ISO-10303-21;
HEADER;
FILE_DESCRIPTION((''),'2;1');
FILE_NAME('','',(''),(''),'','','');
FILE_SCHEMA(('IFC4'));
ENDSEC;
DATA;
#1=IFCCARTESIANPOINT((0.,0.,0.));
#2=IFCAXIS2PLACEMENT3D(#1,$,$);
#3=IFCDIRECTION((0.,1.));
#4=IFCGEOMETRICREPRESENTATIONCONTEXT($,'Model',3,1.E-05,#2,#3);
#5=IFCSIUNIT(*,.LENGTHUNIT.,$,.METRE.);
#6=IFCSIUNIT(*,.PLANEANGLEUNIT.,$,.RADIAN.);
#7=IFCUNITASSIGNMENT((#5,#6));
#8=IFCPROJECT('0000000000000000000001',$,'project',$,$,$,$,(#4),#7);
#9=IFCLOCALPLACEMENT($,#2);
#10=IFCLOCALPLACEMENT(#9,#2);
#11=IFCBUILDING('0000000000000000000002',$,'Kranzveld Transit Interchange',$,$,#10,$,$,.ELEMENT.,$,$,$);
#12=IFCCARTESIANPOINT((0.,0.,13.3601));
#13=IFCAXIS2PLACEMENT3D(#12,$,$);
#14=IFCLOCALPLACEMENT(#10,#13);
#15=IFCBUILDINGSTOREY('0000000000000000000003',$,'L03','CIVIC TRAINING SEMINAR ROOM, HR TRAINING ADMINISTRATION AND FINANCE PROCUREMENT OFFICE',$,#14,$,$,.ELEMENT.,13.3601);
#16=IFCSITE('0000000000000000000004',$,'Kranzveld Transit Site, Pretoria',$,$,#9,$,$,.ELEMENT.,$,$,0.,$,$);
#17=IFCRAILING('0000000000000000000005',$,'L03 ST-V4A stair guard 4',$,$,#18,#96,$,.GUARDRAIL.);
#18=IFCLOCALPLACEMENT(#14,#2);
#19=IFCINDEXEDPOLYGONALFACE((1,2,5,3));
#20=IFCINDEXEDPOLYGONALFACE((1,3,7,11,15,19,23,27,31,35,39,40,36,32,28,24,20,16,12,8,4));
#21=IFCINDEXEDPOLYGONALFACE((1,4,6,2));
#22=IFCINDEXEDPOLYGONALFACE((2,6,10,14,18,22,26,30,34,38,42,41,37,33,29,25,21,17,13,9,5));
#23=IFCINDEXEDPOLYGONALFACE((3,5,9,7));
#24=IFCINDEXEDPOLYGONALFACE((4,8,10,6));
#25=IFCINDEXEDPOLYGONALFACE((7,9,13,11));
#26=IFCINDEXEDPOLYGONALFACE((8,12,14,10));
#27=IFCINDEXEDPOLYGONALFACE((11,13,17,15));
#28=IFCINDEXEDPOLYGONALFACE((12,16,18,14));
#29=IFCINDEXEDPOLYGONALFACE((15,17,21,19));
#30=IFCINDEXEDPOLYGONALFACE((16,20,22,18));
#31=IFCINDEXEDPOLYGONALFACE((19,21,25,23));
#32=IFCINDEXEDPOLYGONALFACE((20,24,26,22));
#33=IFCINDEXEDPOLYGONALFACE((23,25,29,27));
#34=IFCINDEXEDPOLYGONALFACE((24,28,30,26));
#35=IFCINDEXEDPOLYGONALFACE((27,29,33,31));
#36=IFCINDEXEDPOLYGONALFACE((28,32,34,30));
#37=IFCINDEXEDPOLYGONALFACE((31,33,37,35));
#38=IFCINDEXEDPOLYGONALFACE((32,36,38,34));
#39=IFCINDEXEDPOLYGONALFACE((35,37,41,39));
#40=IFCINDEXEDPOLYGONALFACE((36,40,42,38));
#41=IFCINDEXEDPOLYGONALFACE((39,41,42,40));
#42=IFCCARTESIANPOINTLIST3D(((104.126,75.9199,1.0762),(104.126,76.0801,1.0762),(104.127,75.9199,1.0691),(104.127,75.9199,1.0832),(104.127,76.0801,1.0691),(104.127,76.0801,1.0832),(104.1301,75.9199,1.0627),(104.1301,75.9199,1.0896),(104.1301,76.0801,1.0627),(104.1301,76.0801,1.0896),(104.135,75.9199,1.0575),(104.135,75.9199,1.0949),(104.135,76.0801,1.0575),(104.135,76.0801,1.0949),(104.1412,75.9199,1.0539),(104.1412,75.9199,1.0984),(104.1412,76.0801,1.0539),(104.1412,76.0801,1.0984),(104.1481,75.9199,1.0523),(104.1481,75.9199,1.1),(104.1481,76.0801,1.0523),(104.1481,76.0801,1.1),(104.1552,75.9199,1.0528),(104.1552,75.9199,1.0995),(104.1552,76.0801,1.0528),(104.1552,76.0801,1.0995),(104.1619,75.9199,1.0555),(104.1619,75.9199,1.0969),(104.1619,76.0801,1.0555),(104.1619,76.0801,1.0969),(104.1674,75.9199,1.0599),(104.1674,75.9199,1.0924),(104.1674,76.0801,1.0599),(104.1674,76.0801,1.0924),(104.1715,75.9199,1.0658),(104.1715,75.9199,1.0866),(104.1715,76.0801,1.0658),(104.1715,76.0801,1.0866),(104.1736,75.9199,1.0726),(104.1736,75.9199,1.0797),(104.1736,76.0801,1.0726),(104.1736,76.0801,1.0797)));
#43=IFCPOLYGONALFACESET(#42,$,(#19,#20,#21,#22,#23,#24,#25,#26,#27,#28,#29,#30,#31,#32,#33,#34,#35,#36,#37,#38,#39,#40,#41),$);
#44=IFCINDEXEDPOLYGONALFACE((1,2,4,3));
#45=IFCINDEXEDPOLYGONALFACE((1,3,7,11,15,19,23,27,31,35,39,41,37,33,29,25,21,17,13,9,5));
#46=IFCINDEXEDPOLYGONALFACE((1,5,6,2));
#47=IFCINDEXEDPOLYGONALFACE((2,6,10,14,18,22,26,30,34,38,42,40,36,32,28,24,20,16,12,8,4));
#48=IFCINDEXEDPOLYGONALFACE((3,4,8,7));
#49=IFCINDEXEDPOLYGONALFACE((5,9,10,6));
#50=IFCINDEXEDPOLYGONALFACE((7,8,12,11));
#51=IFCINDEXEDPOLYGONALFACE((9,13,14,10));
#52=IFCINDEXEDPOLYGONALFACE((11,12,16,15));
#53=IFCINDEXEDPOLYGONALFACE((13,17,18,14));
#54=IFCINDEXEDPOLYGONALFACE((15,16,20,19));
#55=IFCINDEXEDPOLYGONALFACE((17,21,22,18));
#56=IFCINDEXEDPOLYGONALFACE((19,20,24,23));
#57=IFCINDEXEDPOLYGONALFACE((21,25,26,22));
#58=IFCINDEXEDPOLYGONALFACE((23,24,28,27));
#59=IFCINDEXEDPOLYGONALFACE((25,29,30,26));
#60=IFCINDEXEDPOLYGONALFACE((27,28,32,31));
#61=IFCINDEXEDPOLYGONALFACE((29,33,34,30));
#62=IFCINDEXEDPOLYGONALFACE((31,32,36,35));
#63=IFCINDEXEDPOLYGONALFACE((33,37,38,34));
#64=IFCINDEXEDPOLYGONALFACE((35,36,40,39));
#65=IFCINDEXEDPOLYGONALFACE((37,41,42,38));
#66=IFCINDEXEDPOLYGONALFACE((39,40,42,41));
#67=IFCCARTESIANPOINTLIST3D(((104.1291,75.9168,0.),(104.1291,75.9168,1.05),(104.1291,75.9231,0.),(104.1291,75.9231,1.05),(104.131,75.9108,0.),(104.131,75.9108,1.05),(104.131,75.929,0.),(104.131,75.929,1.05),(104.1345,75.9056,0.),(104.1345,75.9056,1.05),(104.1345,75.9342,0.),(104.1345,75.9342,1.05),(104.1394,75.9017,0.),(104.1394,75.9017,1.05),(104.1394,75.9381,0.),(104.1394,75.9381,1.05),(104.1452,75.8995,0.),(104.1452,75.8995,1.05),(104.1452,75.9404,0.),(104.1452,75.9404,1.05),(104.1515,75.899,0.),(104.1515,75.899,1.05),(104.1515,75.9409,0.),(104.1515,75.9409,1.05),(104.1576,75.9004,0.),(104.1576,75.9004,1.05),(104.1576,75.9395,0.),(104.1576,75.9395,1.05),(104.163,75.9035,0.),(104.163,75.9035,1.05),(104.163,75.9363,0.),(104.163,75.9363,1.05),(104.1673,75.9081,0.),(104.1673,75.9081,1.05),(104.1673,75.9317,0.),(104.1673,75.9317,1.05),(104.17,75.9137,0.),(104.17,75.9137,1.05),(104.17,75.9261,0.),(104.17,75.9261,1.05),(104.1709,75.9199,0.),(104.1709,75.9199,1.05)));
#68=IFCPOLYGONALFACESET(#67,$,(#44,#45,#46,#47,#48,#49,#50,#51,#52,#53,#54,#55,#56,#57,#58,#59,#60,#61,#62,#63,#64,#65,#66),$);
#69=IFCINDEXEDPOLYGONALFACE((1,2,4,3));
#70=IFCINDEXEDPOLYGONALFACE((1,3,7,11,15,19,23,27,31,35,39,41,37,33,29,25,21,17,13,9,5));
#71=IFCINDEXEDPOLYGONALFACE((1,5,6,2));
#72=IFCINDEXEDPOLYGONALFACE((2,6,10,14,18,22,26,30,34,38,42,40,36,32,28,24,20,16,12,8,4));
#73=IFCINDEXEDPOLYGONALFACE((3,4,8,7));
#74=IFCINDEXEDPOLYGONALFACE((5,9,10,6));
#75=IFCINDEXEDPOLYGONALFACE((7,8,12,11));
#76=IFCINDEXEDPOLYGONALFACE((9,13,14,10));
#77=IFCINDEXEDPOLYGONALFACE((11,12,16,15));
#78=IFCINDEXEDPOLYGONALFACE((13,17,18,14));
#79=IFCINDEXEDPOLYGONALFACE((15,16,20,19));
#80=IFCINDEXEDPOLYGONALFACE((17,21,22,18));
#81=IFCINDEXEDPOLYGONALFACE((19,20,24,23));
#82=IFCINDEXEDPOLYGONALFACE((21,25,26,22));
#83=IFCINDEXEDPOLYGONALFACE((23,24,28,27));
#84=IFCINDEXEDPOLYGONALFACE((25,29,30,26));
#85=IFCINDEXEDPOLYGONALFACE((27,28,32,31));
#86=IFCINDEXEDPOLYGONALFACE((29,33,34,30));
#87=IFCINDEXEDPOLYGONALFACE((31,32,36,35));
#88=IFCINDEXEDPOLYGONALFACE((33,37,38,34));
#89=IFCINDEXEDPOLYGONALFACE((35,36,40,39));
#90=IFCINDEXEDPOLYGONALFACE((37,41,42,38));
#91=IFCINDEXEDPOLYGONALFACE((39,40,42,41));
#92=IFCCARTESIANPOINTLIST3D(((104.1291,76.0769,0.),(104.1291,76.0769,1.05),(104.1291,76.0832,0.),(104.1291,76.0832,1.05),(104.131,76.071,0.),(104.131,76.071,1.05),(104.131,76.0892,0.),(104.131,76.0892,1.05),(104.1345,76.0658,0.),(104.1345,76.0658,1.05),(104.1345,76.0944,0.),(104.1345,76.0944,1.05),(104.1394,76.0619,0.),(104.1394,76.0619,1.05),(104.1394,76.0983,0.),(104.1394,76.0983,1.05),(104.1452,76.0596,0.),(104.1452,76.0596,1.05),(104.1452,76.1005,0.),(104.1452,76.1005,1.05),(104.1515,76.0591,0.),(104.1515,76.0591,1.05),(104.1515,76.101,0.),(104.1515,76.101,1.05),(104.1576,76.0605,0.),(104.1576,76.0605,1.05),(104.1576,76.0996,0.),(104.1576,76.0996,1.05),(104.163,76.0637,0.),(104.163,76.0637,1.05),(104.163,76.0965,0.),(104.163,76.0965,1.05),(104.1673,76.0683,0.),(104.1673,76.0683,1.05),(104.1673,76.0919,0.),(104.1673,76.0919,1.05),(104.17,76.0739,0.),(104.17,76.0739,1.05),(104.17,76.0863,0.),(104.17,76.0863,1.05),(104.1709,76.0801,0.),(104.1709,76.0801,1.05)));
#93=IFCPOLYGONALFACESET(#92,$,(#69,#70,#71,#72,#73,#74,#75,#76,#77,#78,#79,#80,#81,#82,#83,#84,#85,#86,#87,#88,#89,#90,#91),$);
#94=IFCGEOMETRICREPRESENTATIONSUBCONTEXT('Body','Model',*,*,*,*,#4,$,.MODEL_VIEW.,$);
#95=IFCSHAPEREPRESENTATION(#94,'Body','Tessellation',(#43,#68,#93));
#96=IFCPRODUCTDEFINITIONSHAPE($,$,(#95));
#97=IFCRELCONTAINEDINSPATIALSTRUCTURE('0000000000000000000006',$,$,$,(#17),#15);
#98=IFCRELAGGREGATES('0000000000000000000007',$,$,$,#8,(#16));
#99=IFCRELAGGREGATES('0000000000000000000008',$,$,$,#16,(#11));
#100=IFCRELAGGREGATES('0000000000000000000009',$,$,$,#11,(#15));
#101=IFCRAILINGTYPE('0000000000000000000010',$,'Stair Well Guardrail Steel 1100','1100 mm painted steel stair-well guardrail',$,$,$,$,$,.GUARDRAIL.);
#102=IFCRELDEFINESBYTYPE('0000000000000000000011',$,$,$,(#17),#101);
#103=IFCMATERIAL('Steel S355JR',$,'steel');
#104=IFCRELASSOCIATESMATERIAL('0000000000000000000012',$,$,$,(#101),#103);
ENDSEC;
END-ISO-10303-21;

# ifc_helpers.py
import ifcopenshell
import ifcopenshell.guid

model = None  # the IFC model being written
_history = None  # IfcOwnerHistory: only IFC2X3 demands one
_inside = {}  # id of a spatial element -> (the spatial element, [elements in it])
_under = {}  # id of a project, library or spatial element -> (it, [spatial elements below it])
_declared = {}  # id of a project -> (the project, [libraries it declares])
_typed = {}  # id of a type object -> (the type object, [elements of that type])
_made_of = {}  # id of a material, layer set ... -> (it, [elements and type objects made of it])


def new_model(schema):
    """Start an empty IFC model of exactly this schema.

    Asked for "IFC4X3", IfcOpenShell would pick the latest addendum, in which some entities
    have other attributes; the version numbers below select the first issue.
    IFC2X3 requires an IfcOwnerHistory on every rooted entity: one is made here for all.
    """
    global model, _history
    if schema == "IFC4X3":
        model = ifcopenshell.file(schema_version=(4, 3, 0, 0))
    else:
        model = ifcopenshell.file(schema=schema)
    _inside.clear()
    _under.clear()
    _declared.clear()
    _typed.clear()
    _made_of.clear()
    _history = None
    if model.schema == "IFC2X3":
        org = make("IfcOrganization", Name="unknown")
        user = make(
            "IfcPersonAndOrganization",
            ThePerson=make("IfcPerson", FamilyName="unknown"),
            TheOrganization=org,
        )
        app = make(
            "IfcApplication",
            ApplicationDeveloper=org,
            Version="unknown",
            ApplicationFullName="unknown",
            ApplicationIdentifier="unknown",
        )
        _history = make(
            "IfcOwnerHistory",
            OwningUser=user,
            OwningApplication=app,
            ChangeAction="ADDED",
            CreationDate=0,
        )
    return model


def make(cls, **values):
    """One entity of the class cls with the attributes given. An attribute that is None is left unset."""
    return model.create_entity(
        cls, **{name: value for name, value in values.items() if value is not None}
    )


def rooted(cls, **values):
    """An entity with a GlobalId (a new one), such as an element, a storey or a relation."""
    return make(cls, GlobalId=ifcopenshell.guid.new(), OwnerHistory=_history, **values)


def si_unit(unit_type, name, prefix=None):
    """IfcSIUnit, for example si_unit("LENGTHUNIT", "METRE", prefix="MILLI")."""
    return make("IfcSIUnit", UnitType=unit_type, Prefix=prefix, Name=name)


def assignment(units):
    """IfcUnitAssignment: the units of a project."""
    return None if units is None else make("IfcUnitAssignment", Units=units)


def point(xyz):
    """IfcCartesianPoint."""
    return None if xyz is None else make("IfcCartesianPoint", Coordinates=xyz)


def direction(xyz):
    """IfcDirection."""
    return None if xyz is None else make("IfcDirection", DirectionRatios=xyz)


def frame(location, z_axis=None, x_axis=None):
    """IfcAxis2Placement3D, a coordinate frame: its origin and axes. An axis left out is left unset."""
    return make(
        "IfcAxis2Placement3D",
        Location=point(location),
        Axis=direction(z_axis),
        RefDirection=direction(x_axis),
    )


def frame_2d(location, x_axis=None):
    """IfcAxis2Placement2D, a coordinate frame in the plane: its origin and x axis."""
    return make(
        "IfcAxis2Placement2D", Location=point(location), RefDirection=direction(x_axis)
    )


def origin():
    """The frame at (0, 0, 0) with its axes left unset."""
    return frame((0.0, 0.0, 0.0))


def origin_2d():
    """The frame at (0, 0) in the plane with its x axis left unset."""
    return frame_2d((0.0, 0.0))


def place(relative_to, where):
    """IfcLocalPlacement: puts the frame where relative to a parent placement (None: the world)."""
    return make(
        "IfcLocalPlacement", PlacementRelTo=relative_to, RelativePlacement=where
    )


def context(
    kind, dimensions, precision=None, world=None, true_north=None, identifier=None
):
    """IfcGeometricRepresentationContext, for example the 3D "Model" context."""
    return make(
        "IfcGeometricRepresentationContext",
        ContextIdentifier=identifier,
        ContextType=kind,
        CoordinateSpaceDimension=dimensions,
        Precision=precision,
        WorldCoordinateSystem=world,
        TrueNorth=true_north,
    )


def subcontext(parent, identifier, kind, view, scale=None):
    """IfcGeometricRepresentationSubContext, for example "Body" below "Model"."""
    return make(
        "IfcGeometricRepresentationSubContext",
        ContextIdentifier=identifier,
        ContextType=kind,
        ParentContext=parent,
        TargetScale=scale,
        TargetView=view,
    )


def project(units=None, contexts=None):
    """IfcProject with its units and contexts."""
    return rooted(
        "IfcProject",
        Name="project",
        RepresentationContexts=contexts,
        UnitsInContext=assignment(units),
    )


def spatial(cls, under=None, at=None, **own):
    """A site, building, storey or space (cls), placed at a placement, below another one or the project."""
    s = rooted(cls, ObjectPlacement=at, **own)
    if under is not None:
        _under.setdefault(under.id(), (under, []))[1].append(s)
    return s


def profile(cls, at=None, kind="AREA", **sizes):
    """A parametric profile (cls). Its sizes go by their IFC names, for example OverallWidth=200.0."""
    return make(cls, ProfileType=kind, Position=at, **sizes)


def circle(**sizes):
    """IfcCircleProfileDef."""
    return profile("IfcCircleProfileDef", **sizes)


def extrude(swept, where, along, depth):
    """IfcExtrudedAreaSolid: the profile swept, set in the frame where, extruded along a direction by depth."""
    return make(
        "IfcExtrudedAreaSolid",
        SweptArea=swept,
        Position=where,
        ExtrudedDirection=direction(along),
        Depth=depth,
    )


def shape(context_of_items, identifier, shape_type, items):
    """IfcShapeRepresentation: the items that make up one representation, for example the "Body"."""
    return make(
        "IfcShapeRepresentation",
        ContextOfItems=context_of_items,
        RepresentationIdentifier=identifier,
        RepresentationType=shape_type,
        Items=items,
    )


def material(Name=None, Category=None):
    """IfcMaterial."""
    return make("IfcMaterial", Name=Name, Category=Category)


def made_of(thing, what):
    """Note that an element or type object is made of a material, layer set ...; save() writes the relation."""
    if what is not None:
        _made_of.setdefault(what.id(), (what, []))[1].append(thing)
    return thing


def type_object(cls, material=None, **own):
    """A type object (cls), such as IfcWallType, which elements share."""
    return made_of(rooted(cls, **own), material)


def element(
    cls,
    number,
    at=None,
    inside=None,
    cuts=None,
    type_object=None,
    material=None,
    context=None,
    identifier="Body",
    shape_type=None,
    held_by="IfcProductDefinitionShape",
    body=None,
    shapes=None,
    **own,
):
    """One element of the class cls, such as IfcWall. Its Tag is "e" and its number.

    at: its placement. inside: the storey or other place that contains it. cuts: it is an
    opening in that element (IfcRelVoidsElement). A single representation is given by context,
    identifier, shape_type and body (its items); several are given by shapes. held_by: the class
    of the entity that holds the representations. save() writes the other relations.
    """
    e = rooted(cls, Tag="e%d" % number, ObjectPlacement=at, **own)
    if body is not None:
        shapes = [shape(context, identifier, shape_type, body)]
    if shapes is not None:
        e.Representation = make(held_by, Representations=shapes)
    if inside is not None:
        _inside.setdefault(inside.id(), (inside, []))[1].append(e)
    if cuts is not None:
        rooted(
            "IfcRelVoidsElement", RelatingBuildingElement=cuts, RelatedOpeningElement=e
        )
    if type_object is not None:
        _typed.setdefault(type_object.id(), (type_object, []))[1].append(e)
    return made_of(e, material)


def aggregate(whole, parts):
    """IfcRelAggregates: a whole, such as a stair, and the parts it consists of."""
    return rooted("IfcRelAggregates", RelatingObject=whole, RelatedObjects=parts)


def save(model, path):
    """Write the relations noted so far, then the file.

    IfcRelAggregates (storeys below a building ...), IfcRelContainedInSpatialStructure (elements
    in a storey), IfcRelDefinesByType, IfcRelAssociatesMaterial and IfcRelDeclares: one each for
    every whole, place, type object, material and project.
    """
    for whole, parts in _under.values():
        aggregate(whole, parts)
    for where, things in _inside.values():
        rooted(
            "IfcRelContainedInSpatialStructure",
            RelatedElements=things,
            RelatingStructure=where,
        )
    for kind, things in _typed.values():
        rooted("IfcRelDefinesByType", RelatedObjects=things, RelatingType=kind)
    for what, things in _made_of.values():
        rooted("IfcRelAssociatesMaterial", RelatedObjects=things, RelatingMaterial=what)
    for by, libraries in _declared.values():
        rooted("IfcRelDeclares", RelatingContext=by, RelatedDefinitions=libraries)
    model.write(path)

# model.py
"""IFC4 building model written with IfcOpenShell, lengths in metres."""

from ifc_helpers import new_model, si_unit, direction, frame, origin, origin_2d, place, context, subcontext, project, spatial, circle, extrude, material, type_object, element, save


model = new_model("IFC4")

# Units and contexts
model_context = context("Model", 3, precision=1e-05, world=origin(), true_north=direction((0.0, 1.0)))
body_context = subcontext(model_context, "Body", "Model", "MODEL_VIEW")
ifc_project = project(units=[si_unit("LENGTHUNIT", "METRE"), si_unit("PLANEANGLEUNIT", "RADIAN")], contexts=[model_context])

# Site, building, storey
site_placement = place(None, origin())
site = spatial("IfcSite", under=ifc_project, at=site_placement, Name="Kranzveld Transit Site, Pretoria", CompositionType="ELEMENT", RefElevation=0.0)
building_placement = place(site_placement, origin())
building = spatial("IfcBuilding", under=site, at=building_placement, Name="Kranzveld Transit Interchange", CompositionType="ELEMENT")
storey_placement = place(building_placement, frame((0.0, 0.0, 13.3601)))
storey = spatial("IfcBuildingStorey", under=building, at=storey_placement, Name="L03", Description="CIVIC TRAINING SEMINAR ROOM, HR TRAINING ADMINISTRATION AND FINANCE PROCUREMENT OFFICE", CompositionType="ELEMENT", Elevation=13.3601)

# Railing
ifc_material_1 = material(Name="Steel S355JR", Category="steel")
railing_type_1 = type_object("IfcRailingType", Name="Stair Well Guardrail Steel 1100", Description="1100 mm painted steel stair-well guardrail", PredefinedType="GUARDRAIL", material=ifc_material_1)
railing_1_placement = place(storey_placement, frame((104.1499, 75.9199, 0.0)))
element("IfcRailing", 1, at=railing_1_placement, inside=storey, type_object=railing_type_1, Name="L03 ST-V4A stair guard 4", PredefinedType="GUARDRAIL", context=body_context, shape_type="SweptSolid", body=[
    extrude(circle(Radius=0.0239, at=origin_2d()), frame((0.0, 0.0, 1.0762), z_axis=(0.0, 1.0, 0.0), x_axis=(-1.0, 0.0, 0.0)), (0.0, 0.0, 1.0), 0.1602),
    extrude(circle(Radius=0.021, at=origin_2d()), origin(), (0.0, 0.0, 1.0), 1.05),
    extrude(circle(Radius=0.021, at=origin_2d()), frame((0.0, 0.1602, 0.0)), (0.0, 0.0, 1.0), 1.05),
])

save(model, "model.ifc")
